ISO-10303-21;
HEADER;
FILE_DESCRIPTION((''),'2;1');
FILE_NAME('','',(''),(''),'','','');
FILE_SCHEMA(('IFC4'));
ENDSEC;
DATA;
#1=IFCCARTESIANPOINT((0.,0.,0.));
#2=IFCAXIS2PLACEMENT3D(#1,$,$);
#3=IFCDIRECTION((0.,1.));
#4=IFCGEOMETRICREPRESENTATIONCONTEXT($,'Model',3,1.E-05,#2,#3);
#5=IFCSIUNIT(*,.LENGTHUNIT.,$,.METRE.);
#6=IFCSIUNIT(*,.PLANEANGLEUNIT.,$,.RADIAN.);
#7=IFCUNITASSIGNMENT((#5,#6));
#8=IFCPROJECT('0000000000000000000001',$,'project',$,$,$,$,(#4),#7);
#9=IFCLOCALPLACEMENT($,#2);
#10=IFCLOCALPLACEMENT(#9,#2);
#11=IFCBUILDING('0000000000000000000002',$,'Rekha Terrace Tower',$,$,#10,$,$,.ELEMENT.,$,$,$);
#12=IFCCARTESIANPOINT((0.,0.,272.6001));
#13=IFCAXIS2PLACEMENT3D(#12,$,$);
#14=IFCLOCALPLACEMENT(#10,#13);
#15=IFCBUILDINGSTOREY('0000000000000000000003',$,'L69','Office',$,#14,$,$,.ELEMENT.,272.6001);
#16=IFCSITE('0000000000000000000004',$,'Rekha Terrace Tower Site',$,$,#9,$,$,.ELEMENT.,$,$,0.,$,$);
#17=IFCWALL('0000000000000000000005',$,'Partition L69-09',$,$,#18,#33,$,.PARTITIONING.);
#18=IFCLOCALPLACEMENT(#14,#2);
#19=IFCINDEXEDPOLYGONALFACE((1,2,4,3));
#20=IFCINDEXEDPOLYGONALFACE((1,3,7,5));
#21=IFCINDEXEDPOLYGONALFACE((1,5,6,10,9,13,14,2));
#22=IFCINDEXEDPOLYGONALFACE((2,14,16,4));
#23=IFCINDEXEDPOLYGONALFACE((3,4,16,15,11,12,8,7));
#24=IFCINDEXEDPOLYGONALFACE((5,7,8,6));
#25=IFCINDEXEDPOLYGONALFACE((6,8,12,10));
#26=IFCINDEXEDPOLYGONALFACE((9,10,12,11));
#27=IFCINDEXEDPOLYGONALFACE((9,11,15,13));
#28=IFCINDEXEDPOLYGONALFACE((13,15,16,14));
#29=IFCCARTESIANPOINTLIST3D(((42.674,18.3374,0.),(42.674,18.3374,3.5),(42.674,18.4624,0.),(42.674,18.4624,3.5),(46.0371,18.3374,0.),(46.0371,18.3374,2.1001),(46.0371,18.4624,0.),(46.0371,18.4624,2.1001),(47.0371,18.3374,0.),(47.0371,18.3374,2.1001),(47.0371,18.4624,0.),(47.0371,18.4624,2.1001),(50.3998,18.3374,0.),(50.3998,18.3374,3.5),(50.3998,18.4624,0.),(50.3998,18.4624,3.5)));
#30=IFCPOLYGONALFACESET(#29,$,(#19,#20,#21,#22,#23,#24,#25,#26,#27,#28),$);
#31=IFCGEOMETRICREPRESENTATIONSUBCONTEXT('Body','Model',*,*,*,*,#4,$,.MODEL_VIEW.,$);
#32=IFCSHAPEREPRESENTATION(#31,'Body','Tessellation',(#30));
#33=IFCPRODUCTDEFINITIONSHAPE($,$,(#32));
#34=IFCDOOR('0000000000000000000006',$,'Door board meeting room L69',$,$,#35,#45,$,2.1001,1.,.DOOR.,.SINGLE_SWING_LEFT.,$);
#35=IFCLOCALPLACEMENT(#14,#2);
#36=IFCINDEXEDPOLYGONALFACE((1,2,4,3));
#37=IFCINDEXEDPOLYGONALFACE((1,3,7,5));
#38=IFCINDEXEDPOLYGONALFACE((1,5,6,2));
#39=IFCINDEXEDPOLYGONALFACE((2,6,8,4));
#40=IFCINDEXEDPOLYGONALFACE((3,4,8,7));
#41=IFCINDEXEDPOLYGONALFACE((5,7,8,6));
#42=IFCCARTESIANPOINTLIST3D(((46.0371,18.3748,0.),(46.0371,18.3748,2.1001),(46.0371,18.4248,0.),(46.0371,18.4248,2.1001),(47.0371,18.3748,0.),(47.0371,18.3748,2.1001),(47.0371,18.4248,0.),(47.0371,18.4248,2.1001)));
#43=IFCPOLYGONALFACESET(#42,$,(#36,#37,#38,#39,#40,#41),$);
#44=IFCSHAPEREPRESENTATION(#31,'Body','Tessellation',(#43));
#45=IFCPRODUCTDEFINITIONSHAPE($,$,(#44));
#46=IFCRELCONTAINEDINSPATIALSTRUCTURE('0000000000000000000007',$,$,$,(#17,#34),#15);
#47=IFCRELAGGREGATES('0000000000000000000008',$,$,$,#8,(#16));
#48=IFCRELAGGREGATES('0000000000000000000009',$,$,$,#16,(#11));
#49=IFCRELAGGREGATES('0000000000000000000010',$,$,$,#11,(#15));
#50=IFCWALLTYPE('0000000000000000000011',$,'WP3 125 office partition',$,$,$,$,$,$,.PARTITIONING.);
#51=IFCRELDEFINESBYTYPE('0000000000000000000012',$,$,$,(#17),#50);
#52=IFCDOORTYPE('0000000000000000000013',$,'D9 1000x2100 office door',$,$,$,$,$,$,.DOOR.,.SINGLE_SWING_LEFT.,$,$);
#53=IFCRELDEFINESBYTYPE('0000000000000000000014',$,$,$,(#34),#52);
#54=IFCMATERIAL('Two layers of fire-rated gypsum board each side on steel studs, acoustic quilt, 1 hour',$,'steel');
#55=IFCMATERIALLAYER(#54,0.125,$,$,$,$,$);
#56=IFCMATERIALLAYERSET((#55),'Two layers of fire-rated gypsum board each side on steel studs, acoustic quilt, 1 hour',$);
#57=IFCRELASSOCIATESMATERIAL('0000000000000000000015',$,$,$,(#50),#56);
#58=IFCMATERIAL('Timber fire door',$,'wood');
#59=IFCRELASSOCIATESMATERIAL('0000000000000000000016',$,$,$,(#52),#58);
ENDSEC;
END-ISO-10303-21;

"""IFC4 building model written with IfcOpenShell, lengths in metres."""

from ifc_helpers import new_model, si_unit, direction, frame, frame_2d, origin, place, context, subcontext, project, spatial, rectangle, extrude, material, layer, layer_set, type_object, element, fill, save


model = new_model("IFC4")

# Units and contexts
model_context = context("Model", 3, precision=1e-05, world=origin(), true_north=direction((0.0, 1.0)))
body_context = subcontext(model_context, "Body", "Model", "MODEL_VIEW")
ifc_project = project(units=[si_unit("LENGTHUNIT", "METRE"), si_unit("PLANEANGLEUNIT", "RADIAN")], contexts=[model_context])

# Site, building, storey
site_placement = place(None, origin())
site = spatial("IfcSite", under=ifc_project, at=site_placement, Name="Rekha Terrace Tower Site", CompositionType="ELEMENT", RefElevation=0.0)
building_placement = place(site_placement, origin())
building = spatial("IfcBuilding", under=site, at=building_placement, Name="Rekha Terrace Tower", CompositionType="ELEMENT")
storey_placement = place(building_placement, frame((0.0, 0.0, 272.6001)))
storey = spatial("IfcBuildingStorey", under=building, at=storey_placement, Name="L69", Description="Office", CompositionType="ELEMENT", Elevation=272.6001)

# Shared definitions
ifc_material_1 = material(Name="Two layers of fire-rated gypsum board each side on steel studs, acoustic quilt, 1 hour", Category="steel")
ifc_layer_1 = layer(ifc_material_1, 0.125)
ifc_layer_set_1 = layer_set([ifc_layer_1], Name="Two layers of fire-rated gypsum board each side on steel studs, acoustic quilt, 1 hour")
wall_type = type_object("IfcWallType", Name="WP3 125 office partition", PredefinedType="PARTITIONING", material=ifc_layer_set_1)

# Wall, opening, door
wall_1_placement = place(storey_placement, frame((42.6741, 18.3999, 0.0), z_axis=(0.0, 0.0, 1.0), x_axis=(1.0, 0.0, 0.0)))
wall_1 = element("IfcWall", 1, at=wall_1_placement, inside=storey, type_object=wall_type, Name="Partition L69-09", PredefinedType="PARTITIONING", context=body_context, shape_type="SweptSolid", body=[
    extrude(rectangle(XDim=7.7258, YDim=0.125, at=frame_2d((3.8628, 0.0))), origin(), (0.0, 0.0, 1.0), 3.5),
])
opening_placement = place(wall_1_placement, frame((3.363, 0.0, 0.0)))
opening = element("IfcOpeningElement", 2, at=opening_placement, cuts=wall_1, PredefinedType="OPENING", context=body_context, shape_type="SweptSolid", body=[
    extrude(rectangle(XDim=1.0, YDim=2.1001, at=frame_2d((0.5, 1.05))), frame((0.0, 0.0725, 0.0), z_axis=(0.0, -1.0, 0.0), x_axis=(1.0, 0.0, 0.0)), (0.0, 0.0, 1.0), 0.145),
])
ifc_material_2 = material(Name="Timber fire door", Category="wood")
door_type = type_object("IfcDoorType", Name="D9 1000x2100 office door", OperationType="SINGLE_SWING_LEFT", PredefinedType="DOOR", material=ifc_material_2)
door_placement = place(opening_placement, origin())
door = element("IfcDoor", 3, at=door_placement, inside=storey, type_object=door_type, Name="Door board meeting room L69", OperationType="SINGLE_SWING_LEFT", OverallHeight=2.1001, OverallWidth=1.0, PredefinedType="DOOR", context=body_context, shape_type="SweptSolid", body=[
    extrude(rectangle(XDim=1.0, YDim=2.1001, at=frame_2d((0.5, 1.05))), frame((0.0, 0.0249, 0.0), z_axis=(0.0, -1.0, 0.0), x_axis=(1.0, 0.0, 0.0)), (0.0, 0.0, 1.0), 0.05),
])
fill(opening, door)

save(model, "model.ifc")
